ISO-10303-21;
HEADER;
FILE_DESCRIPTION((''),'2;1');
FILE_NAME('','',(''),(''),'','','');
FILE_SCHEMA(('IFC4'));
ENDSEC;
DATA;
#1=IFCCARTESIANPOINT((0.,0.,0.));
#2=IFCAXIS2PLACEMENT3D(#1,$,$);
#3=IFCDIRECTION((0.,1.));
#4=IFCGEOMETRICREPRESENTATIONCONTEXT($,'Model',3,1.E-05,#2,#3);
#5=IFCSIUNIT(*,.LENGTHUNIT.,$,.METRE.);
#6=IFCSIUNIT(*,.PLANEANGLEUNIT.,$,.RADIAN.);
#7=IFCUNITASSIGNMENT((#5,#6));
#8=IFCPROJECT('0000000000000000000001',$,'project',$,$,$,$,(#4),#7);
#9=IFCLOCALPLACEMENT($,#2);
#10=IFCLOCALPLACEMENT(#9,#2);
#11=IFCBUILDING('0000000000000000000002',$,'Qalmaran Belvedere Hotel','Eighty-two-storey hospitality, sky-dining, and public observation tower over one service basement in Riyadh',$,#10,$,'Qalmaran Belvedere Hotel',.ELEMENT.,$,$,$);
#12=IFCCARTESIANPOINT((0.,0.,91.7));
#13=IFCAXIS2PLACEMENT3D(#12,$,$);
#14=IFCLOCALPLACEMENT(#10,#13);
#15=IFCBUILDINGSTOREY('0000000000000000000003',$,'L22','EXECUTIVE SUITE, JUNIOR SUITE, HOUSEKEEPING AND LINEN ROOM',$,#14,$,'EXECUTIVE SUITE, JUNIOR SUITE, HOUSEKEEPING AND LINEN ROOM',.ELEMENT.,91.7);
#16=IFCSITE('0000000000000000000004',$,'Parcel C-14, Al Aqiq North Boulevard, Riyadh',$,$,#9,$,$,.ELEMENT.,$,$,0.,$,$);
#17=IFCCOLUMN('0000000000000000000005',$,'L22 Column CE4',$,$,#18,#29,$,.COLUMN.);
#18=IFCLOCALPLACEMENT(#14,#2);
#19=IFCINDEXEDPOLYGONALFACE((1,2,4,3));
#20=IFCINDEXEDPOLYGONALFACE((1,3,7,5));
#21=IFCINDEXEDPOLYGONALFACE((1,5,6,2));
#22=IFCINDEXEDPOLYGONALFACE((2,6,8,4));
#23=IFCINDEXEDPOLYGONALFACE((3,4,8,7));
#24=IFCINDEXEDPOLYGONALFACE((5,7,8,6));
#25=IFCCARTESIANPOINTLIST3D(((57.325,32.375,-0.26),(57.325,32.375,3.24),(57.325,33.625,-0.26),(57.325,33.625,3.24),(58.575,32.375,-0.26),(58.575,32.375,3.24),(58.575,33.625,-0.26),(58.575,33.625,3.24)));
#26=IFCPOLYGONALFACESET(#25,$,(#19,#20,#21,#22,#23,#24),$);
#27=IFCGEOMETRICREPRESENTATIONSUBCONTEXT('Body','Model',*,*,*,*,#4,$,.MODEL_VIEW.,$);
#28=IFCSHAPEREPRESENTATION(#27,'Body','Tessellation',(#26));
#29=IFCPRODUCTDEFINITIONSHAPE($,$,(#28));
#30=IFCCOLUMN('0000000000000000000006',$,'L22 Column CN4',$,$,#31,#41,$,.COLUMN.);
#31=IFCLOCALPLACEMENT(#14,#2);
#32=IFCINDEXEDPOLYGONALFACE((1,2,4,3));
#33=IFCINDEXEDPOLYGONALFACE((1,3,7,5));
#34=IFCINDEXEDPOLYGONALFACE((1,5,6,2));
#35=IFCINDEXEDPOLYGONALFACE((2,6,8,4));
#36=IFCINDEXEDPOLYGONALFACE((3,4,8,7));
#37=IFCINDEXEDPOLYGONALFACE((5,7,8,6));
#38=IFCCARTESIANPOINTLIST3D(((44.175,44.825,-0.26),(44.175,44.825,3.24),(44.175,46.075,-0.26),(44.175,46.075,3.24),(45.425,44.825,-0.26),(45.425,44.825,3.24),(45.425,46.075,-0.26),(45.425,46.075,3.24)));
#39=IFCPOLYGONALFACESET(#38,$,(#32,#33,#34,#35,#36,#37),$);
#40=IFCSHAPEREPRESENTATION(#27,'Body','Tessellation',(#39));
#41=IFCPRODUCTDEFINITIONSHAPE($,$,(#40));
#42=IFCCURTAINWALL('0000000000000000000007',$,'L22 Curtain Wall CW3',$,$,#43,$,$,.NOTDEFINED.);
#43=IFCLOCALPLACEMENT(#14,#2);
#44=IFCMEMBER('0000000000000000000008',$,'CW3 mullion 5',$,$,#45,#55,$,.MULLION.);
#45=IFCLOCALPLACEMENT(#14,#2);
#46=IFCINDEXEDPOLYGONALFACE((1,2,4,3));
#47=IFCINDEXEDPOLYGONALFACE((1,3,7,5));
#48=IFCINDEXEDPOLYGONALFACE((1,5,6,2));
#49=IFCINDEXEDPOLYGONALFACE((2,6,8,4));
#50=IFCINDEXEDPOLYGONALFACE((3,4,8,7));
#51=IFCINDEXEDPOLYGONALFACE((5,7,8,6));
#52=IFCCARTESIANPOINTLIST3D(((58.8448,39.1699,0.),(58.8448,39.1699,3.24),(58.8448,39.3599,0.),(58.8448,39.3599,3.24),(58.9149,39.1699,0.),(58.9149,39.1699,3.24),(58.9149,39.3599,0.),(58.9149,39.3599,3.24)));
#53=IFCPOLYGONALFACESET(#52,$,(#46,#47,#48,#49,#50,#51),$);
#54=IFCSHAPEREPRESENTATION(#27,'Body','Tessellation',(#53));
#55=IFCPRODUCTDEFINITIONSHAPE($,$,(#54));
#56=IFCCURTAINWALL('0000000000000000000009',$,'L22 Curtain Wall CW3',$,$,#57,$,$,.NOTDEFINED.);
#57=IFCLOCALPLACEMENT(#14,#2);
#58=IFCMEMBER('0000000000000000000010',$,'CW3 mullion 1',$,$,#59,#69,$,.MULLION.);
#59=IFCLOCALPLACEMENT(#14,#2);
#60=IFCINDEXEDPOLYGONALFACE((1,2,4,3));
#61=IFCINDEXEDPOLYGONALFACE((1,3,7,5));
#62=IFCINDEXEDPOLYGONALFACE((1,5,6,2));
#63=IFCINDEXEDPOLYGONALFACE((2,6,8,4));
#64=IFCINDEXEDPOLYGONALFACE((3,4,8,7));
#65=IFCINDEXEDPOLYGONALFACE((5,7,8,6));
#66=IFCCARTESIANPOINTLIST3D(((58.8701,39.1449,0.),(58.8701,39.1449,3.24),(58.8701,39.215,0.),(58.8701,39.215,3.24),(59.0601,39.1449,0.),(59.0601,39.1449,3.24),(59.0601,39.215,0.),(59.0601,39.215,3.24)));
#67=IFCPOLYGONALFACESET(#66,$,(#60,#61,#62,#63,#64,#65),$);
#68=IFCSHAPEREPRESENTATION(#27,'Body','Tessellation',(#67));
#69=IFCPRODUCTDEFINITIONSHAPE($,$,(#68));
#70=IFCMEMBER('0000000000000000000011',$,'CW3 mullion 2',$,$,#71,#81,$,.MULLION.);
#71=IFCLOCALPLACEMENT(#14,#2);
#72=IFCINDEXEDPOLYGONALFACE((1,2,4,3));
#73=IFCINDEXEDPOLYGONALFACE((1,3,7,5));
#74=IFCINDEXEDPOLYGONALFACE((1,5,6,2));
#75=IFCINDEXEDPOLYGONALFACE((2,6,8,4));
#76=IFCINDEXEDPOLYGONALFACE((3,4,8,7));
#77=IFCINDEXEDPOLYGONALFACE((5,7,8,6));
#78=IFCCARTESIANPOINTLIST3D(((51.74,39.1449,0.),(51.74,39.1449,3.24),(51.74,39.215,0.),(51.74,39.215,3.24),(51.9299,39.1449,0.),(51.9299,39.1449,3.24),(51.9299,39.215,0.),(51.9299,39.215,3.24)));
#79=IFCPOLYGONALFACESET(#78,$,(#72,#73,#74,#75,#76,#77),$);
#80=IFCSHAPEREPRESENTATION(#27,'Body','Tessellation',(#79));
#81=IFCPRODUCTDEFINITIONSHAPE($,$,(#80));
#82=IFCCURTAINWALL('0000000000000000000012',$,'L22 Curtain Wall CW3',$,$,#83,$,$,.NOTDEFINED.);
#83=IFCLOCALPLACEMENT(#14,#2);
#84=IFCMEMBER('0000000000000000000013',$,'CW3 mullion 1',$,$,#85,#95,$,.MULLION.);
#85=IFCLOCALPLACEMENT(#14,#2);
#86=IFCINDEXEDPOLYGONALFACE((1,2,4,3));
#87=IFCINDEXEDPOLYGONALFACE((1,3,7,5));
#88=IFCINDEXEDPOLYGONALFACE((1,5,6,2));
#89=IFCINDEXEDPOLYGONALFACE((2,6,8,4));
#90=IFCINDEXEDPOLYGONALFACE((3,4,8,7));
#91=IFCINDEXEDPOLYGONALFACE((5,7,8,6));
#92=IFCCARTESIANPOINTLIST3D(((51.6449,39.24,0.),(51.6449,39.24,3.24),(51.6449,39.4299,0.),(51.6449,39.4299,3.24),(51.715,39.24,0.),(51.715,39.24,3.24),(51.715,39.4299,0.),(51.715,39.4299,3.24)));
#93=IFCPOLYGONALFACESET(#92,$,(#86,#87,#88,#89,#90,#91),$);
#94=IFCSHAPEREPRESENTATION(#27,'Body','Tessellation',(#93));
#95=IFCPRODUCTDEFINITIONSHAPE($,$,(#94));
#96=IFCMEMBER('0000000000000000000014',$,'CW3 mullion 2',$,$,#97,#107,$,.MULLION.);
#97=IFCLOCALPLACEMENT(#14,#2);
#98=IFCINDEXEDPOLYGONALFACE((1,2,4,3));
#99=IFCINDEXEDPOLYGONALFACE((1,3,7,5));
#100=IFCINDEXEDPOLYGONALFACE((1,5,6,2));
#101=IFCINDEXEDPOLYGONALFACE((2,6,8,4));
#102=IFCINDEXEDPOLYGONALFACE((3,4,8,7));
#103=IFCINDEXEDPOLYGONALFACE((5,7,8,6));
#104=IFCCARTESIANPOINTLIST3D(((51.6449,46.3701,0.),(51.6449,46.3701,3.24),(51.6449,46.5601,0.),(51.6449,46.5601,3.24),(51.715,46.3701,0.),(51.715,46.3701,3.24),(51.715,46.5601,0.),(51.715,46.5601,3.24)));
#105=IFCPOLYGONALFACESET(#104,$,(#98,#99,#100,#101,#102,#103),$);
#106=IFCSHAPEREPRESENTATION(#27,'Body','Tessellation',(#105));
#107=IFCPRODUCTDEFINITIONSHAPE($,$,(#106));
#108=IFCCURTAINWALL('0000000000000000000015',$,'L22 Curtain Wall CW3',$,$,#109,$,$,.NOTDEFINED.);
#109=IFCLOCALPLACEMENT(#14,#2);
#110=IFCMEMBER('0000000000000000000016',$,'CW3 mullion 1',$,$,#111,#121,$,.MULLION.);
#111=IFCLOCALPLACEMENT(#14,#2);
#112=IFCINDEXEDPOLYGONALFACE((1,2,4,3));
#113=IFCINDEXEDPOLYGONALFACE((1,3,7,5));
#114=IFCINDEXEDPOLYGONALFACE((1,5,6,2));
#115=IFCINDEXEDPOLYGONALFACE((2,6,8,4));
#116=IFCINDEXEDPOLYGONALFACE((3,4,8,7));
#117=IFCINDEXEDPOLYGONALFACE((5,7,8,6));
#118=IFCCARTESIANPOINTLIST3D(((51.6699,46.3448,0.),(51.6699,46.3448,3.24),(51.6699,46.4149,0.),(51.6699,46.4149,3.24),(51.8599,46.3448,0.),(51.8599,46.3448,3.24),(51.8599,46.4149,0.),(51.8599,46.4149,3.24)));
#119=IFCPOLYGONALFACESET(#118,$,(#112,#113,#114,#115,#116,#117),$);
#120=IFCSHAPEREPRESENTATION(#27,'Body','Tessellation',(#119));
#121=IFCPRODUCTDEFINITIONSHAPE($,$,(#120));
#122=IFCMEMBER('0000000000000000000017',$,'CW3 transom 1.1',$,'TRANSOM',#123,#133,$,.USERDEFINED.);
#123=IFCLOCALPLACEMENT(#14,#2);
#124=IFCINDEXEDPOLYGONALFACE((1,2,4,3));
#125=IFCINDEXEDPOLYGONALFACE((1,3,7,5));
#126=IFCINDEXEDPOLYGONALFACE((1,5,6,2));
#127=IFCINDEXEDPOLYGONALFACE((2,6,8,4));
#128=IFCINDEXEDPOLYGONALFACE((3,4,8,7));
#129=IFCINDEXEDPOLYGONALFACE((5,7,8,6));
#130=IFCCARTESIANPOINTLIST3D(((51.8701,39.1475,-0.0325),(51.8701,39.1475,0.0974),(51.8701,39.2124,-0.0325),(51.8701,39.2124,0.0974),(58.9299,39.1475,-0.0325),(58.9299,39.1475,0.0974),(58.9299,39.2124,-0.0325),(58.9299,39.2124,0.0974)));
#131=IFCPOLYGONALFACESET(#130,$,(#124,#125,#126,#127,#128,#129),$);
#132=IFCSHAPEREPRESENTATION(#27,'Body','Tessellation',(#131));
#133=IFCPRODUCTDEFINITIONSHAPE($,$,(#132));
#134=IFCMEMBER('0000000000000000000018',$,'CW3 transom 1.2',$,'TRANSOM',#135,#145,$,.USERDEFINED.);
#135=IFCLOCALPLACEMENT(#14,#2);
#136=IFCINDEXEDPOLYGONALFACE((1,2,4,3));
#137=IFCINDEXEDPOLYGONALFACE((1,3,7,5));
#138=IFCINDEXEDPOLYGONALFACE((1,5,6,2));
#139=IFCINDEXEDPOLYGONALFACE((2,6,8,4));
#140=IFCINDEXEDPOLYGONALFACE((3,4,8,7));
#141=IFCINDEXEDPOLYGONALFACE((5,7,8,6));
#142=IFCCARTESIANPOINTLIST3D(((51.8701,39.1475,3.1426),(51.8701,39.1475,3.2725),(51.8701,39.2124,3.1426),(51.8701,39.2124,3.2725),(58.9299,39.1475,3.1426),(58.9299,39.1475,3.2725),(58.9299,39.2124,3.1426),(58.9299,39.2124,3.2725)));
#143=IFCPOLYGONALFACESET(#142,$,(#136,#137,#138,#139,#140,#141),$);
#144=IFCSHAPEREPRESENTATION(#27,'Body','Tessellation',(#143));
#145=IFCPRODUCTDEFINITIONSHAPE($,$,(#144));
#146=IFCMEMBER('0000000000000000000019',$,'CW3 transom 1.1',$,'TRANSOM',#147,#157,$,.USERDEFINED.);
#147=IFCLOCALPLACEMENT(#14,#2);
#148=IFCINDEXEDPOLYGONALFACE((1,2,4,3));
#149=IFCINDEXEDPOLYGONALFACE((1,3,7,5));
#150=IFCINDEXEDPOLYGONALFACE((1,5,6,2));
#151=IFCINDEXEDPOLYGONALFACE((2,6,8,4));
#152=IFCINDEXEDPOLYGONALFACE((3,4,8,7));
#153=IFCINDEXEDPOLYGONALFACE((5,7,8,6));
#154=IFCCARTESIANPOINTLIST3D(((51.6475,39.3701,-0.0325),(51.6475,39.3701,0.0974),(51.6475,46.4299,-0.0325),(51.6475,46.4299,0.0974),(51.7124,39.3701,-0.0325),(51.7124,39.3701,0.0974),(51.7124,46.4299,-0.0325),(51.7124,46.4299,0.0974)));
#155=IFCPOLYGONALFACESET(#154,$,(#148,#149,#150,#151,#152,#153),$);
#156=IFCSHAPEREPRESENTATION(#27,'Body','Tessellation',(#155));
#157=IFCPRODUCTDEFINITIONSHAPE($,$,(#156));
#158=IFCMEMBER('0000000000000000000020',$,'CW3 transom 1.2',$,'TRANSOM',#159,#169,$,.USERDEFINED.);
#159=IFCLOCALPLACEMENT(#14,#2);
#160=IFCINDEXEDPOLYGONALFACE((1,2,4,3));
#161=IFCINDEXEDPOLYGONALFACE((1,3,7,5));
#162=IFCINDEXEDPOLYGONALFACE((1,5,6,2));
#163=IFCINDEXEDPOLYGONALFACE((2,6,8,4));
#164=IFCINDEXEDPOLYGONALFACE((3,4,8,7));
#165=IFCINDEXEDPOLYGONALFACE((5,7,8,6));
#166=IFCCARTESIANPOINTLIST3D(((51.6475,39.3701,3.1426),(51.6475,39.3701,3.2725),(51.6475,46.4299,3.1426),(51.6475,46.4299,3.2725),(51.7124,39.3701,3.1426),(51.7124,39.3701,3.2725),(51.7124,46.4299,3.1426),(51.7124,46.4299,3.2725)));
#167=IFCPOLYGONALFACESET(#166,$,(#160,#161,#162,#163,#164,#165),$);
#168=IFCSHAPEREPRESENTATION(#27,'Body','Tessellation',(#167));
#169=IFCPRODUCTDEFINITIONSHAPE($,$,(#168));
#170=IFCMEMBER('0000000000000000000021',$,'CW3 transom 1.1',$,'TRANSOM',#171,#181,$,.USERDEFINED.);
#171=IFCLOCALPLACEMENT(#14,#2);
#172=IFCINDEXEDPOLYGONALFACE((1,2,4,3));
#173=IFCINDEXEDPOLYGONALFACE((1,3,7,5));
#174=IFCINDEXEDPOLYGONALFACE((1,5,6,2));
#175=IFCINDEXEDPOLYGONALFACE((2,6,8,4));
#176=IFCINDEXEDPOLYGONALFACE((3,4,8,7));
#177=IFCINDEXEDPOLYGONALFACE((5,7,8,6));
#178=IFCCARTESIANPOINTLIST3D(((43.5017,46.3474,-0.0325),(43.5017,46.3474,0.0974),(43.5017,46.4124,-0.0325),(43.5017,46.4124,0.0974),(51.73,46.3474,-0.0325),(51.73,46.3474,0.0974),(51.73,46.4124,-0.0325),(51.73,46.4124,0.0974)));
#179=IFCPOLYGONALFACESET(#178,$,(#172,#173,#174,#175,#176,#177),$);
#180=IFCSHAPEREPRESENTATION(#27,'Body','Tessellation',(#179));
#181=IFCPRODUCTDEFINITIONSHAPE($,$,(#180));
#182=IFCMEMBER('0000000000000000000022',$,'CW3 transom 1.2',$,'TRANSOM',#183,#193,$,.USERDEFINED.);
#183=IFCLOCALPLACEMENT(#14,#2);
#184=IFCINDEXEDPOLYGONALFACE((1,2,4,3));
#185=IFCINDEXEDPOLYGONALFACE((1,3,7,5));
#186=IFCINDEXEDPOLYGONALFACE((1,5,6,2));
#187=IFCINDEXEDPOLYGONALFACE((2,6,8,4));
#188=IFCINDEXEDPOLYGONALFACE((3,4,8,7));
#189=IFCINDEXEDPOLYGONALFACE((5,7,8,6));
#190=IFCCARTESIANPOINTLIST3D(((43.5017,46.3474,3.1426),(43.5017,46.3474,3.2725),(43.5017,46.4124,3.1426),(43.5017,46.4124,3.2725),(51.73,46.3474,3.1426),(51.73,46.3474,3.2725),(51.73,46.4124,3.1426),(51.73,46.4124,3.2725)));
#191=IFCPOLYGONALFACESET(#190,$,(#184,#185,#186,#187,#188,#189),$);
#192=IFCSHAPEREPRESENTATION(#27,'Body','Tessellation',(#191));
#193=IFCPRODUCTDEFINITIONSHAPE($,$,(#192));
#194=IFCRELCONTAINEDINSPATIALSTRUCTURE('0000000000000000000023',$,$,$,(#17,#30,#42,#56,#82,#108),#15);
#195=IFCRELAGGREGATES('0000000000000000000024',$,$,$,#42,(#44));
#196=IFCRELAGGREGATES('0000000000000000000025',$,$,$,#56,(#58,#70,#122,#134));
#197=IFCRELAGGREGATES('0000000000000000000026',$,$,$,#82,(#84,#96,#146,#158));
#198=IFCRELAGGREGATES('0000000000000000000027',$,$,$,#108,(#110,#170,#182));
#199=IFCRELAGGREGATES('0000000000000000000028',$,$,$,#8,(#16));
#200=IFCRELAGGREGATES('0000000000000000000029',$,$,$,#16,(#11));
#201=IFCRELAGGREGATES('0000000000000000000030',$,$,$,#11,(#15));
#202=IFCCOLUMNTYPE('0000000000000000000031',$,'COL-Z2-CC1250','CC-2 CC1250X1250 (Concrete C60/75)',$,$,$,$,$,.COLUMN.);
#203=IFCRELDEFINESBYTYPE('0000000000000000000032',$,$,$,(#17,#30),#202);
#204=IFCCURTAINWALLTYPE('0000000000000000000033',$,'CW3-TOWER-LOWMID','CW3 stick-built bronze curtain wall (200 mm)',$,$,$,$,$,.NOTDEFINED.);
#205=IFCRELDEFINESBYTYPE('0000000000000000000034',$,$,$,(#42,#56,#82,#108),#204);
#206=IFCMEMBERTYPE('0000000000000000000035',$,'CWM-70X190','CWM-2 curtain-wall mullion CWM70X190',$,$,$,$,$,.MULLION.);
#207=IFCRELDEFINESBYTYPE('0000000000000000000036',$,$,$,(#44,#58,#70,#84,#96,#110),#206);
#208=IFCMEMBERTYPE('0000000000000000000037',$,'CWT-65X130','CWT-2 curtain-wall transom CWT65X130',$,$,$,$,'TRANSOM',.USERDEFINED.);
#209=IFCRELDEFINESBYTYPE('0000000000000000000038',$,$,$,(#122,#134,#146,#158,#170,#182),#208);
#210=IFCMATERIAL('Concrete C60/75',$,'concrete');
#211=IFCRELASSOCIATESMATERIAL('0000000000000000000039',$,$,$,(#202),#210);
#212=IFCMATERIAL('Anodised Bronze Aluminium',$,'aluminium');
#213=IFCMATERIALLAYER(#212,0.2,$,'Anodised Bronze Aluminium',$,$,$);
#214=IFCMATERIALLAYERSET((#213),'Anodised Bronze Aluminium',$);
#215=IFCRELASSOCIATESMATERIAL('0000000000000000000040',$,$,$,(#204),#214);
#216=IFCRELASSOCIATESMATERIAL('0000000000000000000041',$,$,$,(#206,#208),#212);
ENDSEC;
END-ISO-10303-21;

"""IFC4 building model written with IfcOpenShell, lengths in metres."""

from ifc_helpers import new_model, si_unit, direction, frame, origin, origin_2d, place, context, subcontext, project, spatial, rectangle, extrude, material, layer, layer_set, material_profile, profile_set, type_object, element, aggregate, save


model = new_model("IFC4")

# Units and contexts
model_context = context("Model", 3, precision=1e-05, world=origin(), true_north=direction((0.0, 1.0)))
body_context = subcontext(model_context, "Body", "Model", "MODEL_VIEW")
ifc_project = project(units=[si_unit("LENGTHUNIT", "METRE"), si_unit("PLANEANGLEUNIT", "RADIAN")], contexts=[model_context])

# Site, building, storey
site_placement = place(None, origin())
site = spatial("IfcSite", under=ifc_project, at=site_placement, Name="Parcel C-14, Al Aqiq North Boulevard, Riyadh", CompositionType="ELEMENT", RefElevation=0.0)
building_placement = place(site_placement, origin())
building = spatial("IfcBuilding", under=site, at=building_placement, Name="Qalmaran Belvedere Hotel", Description="Eighty-two-storey hospitality, sky-dining, and public observation tower over one service basement in Riyadh", LongName="Qalmaran Belvedere Hotel", CompositionType="ELEMENT")
storey_placement = place(building_placement, frame((0.0, 0.0, 91.7)))
storey = spatial("IfcBuildingStorey", under=building, at=storey_placement, Name="L22", Description="EXECUTIVE SUITE, JUNIOR SUITE, HOUSEKEEPING AND LINEN ROOM", LongName="EXECUTIVE SUITE, JUNIOR SUITE, HOUSEKEEPING AND LINEN ROOM", CompositionType="ELEMENT", Elevation=91.7)

# Columns
ifc_material_1 = material(Name="Concrete C60/75", Category="concrete")
ifc_material_profile_1 = material_profile(ifc_material_1, rectangle(XDim=1.25, YDim=1.25, at=origin_2d()), Name="CC1250X1250")
ifc_profile_set_1 = profile_set([ifc_material_profile_1], Name="Concrete C60/75")
column_type = type_object("IfcColumnType", Name="COL-Z2-CC1250", Description="CC-2 CC1250X1250 (Concrete C60/75)", PredefinedType="COLUMN", material=ifc_profile_set_1)
for number, where, z_axis, x_axis, name in (
    (1, (57.95, 33.0, -0.26), (0.0, 0.0, 1.0), (1.0, 0.0, 0.0), "L22 Column CE4"),
    (2, (44.8, 45.45, -0.26), (0.0, 0.0, 1.0), (1.0, 0.0, 0.0), "L22 Column CN4"),
):
    element("IfcColumn", number, at=place(storey_placement, frame(where, z_axis=z_axis, x_axis=x_axis)), inside=storey, type_object=column_type, Name=name, PredefinedType="COLUMN", context=body_context, shape_type="SweptSolid", body=[
        extrude(rectangle(XDim=1.25, YDim=1.25, at=origin_2d()), origin(), (0.0, 0.0, 1.0), 3.5),
    ])

# Curtain wall, member
ifc_material_2 = material(Name="Anodised Bronze Aluminium", Category="aluminium")
ifc_layer_1 = layer(ifc_material_2, 0.2, Name="Anodised Bronze Aluminium")
ifc_layer_set_1 = layer_set([ifc_layer_1], Name="Anodised Bronze Aluminium")
curtain_wall_type = type_object("IfcCurtainWallType", Name="CW3-TOWER-LOWMID", Description="CW3 stick-built bronze curtain wall (200 mm)", PredefinedType="NOTDEFINED", material=ifc_layer_set_1)
curtain_wall_1_placement = place(storey_placement, origin())
curtain_wall_1 = element("IfcCurtainWall", 3, at=curtain_wall_1_placement, inside=storey, type_object=curtain_wall_type, Name="L22 Curtain Wall CW3", PredefinedType="NOTDEFINED")
ifc_material_profile_2 = material_profile(ifc_material_2, rectangle(XDim=0.0701, YDim=0.1899, at=origin_2d()), Name="CWM70X190")
ifc_profile_set_2 = profile_set([ifc_material_profile_2], Name="Anodised Bronze Aluminium")
member_type_1 = type_object("IfcMemberType", Name="CWM-70X190", Description="CWM-2 curtain-wall mullion CWM70X190", PredefinedType="MULLION", material=ifc_profile_set_2)
member_1_placement = place(storey_placement, frame((58.8799, 39.2649, 0.0), z_axis=(0.0, 0.0, 1.0), x_axis=(-1.0, 0.0, 0.0)))
member_1 = element("IfcMember", 4, at=member_1_placement, type_object=member_type_1, Name="CW3 mullion 5", PredefinedType="MULLION", context=body_context, shape_type="SweptSolid", body=[
    extrude(rectangle(XDim=0.0701, YDim=0.1899, at=origin_2d()), origin(), (0.0, 0.0, 1.0), 3.24),
])

# Curtain walls, members
curtain_wall_2_placement = place(storey_placement, origin())
curtain_wall_2 = element("IfcCurtainWall", 5, at=curtain_wall_2_placement, inside=storey, type_object=curtain_wall_type, Name="L22 Curtain Wall CW3", PredefinedType="NOTDEFINED")
member_2_placement = place(storey_placement, frame((58.9651, 39.1799, 0.0), z_axis=(0.0, 0.0, 1.0), x_axis=(0.0, -1.0, 0.0)))
member_2 = element("IfcMember", 6, at=member_2_placement, type_object=member_type_1, Name="CW3 mullion 1", PredefinedType="MULLION", context=body_context, shape_type="SweptSolid", body=[
    extrude(rectangle(XDim=0.0701, YDim=0.1899, at=origin_2d()), origin(), (0.0, 0.0, 1.0), 3.24),
])
member_3_placement = place(storey_placement, frame((51.835, 39.1799, 0.0), z_axis=(0.0, 0.0, 1.0), x_axis=(0.0, -1.0, 0.0)))
member_3 = element("IfcMember", 7, at=member_3_placement, type_object=member_type_1, Name="CW3 mullion 2", PredefinedType="MULLION", context=body_context, shape_type="SweptSolid", body=[
    extrude(rectangle(XDim=0.0701, YDim=0.1899, at=origin_2d()), origin(), (0.0, 0.0, 1.0), 3.24),
])
curtain_wall_3_placement = place(storey_placement, origin())
curtain_wall_3 = element("IfcCurtainWall", 8, at=curtain_wall_3_placement, inside=storey, type_object=curtain_wall_type, Name="L22 Curtain Wall CW3", PredefinedType="NOTDEFINED")
member_4_placement = place(storey_placement, frame((51.6799, 39.335, 0.0), z_axis=(0.0, 0.0, 1.0), x_axis=(-1.0, 0.0, 0.0)))
member_4 = element("IfcMember", 9, at=member_4_placement, type_object=member_type_1, Name="CW3 mullion 1", PredefinedType="MULLION", context=body_context, shape_type="SweptSolid", body=[
    extrude(rectangle(XDim=0.0701, YDim=0.1899, at=origin_2d()), origin(), (0.0, 0.0, 1.0), 3.24),
])
member_5_placement = place(storey_placement, frame((51.6799, 46.4651, 0.0), z_axis=(0.0, 0.0, 1.0), x_axis=(-1.0, 0.0, 0.0)))
member_5 = element("IfcMember", 10, at=member_5_placement, type_object=member_type_1, Name="CW3 mullion 2", PredefinedType="MULLION", context=body_context, shape_type="SweptSolid", body=[
    extrude(rectangle(XDim=0.0701, YDim=0.1899, at=origin_2d()), origin(), (0.0, 0.0, 1.0), 3.24),
])

# Curtain wall, member
curtain_wall_4_placement = place(storey_placement, origin())
curtain_wall_4 = element("IfcCurtainWall", 11, at=curtain_wall_4_placement, inside=storey, type_object=curtain_wall_type, Name="L22 Curtain Wall CW3", PredefinedType="NOTDEFINED")
member_6_placement = place(storey_placement, frame((51.7649, 46.3799, 0.0), z_axis=(0.0, 0.0, 1.0), x_axis=(0.0, -1.0, 0.0)))
member_6 = element("IfcMember", 12, at=member_6_placement, type_object=member_type_1, Name="CW3 mullion 1", PredefinedType="MULLION", context=body_context, shape_type="SweptSolid", body=[
    extrude(rectangle(XDim=0.0701, YDim=0.1899, at=origin_2d()), origin(), (0.0, 0.0, 1.0), 3.24),
])

# Members
ifc_material_profile_3 = material_profile(ifc_material_2, rectangle(XDim=0.0649, YDim=0.1299, at=origin_2d()), Name="CWT65X130")
ifc_profile_set_3 = profile_set([ifc_material_profile_3], Name="Anodised Bronze Aluminium")
member_type_2 = type_object("IfcMemberType", Name="CWT-65X130", Description="CWT-2 curtain-wall transom CWT65X130", ElementType="TRANSOM", PredefinedType="USERDEFINED", material=ifc_profile_set_3)
member_7_placement = place(storey_placement, frame((58.9299, 39.1799, 0.0325), z_axis=(-1.0, 0.0, 0.0), x_axis=(0.0, -1.0, 0.0)))
member_7 = element("IfcMember", 13, at=member_7_placement, type_object=member_type_2, Name="CW3 transom 1.1", ObjectType="TRANSOM", PredefinedType="USERDEFINED", context=body_context, shape_type="SweptSolid", body=[
    extrude(rectangle(XDim=0.0649, YDim=0.1299, at=origin_2d()), origin(), (0.0, 0.0, 1.0), 7.0598),
])
member_8_placement = place(storey_placement, frame((58.9299, 39.1799, 3.2075), z_axis=(-1.0, 0.0, 0.0), x_axis=(0.0, -1.0, 0.0)))
member_8 = element("IfcMember", 14, at=member_8_placement, type_object=member_type_2, Name="CW3 transom 1.2", ObjectType="TRANSOM", PredefinedType="USERDEFINED", context=body_context, shape_type="SweptSolid", body=[
    extrude(rectangle(XDim=0.0649, YDim=0.1299, at=origin_2d()), origin(), (0.0, 0.0, 1.0), 7.0598),
])
member_9_placement = place(storey_placement, frame((51.6799, 39.3701, 0.0325), z_axis=(0.0, 1.0, 0.0), x_axis=(-1.0, 0.0, 0.0)))
member_9 = element("IfcMember", 15, at=member_9_placement, type_object=member_type_2, Name="CW3 transom 1.1", ObjectType="TRANSOM", PredefinedType="USERDEFINED", context=body_context, shape_type="SweptSolid", body=[
    extrude(rectangle(XDim=0.0649, YDim=0.1299, at=origin_2d()), origin(), (0.0, 0.0, 1.0), 7.0598),
])
member_10_placement = place(storey_placement, frame((51.6799, 39.3701, 3.2075), z_axis=(0.0, 1.0, 0.0), x_axis=(-1.0, 0.0, 0.0)))
member_10 = element("IfcMember", 16, at=member_10_placement, type_object=member_type_2, Name="CW3 transom 1.2", ObjectType="TRANSOM", PredefinedType="USERDEFINED", context=body_context, shape_type="SweptSolid", body=[
    extrude(rectangle(XDim=0.0649, YDim=0.1299, at=origin_2d()), origin(), (0.0, 0.0, 1.0), 7.0598),
])
member_11_placement = place(storey_placement, frame((51.73, 46.3799, 0.0325), z_axis=(-1.0, 0.0, 0.0), x_axis=(0.0, -1.0, 0.0)))
member_11 = element("IfcMember", 17, at=member_11_placement, type_object=member_type_2, Name="CW3 transom 1.1", ObjectType="TRANSOM", PredefinedType="USERDEFINED", context=body_context, shape_type="SweptSolid", body=[
    extrude(rectangle(XDim=0.0649, YDim=0.1299, at=origin_2d()), origin(), (0.0, 0.0, 1.0), 8.2283),
])
member_12_placement = place(storey_placement, frame((51.73, 46.3799, 3.2075), z_axis=(-1.0, 0.0, 0.0), x_axis=(0.0, -1.0, 0.0)))
member_12 = element("IfcMember", 18, at=member_12_placement, type_object=member_type_2, Name="CW3 transom 1.2", ObjectType="TRANSOM", PredefinedType="USERDEFINED", context=body_context, shape_type="SweptSolid", body=[
    extrude(rectangle(XDim=0.0649, YDim=0.1299, at=origin_2d()), origin(), (0.0, 0.0, 1.0), 8.2283),
])

aggregate(curtain_wall_1, [member_1])
aggregate(curtain_wall_2, [member_2, member_3, member_7, member_8])
aggregate(curtain_wall_3, [member_4, member_5, member_9, member_10])
aggregate(curtain_wall_4, [member_6, member_11, member_12])

save(model, "model.ifc")
